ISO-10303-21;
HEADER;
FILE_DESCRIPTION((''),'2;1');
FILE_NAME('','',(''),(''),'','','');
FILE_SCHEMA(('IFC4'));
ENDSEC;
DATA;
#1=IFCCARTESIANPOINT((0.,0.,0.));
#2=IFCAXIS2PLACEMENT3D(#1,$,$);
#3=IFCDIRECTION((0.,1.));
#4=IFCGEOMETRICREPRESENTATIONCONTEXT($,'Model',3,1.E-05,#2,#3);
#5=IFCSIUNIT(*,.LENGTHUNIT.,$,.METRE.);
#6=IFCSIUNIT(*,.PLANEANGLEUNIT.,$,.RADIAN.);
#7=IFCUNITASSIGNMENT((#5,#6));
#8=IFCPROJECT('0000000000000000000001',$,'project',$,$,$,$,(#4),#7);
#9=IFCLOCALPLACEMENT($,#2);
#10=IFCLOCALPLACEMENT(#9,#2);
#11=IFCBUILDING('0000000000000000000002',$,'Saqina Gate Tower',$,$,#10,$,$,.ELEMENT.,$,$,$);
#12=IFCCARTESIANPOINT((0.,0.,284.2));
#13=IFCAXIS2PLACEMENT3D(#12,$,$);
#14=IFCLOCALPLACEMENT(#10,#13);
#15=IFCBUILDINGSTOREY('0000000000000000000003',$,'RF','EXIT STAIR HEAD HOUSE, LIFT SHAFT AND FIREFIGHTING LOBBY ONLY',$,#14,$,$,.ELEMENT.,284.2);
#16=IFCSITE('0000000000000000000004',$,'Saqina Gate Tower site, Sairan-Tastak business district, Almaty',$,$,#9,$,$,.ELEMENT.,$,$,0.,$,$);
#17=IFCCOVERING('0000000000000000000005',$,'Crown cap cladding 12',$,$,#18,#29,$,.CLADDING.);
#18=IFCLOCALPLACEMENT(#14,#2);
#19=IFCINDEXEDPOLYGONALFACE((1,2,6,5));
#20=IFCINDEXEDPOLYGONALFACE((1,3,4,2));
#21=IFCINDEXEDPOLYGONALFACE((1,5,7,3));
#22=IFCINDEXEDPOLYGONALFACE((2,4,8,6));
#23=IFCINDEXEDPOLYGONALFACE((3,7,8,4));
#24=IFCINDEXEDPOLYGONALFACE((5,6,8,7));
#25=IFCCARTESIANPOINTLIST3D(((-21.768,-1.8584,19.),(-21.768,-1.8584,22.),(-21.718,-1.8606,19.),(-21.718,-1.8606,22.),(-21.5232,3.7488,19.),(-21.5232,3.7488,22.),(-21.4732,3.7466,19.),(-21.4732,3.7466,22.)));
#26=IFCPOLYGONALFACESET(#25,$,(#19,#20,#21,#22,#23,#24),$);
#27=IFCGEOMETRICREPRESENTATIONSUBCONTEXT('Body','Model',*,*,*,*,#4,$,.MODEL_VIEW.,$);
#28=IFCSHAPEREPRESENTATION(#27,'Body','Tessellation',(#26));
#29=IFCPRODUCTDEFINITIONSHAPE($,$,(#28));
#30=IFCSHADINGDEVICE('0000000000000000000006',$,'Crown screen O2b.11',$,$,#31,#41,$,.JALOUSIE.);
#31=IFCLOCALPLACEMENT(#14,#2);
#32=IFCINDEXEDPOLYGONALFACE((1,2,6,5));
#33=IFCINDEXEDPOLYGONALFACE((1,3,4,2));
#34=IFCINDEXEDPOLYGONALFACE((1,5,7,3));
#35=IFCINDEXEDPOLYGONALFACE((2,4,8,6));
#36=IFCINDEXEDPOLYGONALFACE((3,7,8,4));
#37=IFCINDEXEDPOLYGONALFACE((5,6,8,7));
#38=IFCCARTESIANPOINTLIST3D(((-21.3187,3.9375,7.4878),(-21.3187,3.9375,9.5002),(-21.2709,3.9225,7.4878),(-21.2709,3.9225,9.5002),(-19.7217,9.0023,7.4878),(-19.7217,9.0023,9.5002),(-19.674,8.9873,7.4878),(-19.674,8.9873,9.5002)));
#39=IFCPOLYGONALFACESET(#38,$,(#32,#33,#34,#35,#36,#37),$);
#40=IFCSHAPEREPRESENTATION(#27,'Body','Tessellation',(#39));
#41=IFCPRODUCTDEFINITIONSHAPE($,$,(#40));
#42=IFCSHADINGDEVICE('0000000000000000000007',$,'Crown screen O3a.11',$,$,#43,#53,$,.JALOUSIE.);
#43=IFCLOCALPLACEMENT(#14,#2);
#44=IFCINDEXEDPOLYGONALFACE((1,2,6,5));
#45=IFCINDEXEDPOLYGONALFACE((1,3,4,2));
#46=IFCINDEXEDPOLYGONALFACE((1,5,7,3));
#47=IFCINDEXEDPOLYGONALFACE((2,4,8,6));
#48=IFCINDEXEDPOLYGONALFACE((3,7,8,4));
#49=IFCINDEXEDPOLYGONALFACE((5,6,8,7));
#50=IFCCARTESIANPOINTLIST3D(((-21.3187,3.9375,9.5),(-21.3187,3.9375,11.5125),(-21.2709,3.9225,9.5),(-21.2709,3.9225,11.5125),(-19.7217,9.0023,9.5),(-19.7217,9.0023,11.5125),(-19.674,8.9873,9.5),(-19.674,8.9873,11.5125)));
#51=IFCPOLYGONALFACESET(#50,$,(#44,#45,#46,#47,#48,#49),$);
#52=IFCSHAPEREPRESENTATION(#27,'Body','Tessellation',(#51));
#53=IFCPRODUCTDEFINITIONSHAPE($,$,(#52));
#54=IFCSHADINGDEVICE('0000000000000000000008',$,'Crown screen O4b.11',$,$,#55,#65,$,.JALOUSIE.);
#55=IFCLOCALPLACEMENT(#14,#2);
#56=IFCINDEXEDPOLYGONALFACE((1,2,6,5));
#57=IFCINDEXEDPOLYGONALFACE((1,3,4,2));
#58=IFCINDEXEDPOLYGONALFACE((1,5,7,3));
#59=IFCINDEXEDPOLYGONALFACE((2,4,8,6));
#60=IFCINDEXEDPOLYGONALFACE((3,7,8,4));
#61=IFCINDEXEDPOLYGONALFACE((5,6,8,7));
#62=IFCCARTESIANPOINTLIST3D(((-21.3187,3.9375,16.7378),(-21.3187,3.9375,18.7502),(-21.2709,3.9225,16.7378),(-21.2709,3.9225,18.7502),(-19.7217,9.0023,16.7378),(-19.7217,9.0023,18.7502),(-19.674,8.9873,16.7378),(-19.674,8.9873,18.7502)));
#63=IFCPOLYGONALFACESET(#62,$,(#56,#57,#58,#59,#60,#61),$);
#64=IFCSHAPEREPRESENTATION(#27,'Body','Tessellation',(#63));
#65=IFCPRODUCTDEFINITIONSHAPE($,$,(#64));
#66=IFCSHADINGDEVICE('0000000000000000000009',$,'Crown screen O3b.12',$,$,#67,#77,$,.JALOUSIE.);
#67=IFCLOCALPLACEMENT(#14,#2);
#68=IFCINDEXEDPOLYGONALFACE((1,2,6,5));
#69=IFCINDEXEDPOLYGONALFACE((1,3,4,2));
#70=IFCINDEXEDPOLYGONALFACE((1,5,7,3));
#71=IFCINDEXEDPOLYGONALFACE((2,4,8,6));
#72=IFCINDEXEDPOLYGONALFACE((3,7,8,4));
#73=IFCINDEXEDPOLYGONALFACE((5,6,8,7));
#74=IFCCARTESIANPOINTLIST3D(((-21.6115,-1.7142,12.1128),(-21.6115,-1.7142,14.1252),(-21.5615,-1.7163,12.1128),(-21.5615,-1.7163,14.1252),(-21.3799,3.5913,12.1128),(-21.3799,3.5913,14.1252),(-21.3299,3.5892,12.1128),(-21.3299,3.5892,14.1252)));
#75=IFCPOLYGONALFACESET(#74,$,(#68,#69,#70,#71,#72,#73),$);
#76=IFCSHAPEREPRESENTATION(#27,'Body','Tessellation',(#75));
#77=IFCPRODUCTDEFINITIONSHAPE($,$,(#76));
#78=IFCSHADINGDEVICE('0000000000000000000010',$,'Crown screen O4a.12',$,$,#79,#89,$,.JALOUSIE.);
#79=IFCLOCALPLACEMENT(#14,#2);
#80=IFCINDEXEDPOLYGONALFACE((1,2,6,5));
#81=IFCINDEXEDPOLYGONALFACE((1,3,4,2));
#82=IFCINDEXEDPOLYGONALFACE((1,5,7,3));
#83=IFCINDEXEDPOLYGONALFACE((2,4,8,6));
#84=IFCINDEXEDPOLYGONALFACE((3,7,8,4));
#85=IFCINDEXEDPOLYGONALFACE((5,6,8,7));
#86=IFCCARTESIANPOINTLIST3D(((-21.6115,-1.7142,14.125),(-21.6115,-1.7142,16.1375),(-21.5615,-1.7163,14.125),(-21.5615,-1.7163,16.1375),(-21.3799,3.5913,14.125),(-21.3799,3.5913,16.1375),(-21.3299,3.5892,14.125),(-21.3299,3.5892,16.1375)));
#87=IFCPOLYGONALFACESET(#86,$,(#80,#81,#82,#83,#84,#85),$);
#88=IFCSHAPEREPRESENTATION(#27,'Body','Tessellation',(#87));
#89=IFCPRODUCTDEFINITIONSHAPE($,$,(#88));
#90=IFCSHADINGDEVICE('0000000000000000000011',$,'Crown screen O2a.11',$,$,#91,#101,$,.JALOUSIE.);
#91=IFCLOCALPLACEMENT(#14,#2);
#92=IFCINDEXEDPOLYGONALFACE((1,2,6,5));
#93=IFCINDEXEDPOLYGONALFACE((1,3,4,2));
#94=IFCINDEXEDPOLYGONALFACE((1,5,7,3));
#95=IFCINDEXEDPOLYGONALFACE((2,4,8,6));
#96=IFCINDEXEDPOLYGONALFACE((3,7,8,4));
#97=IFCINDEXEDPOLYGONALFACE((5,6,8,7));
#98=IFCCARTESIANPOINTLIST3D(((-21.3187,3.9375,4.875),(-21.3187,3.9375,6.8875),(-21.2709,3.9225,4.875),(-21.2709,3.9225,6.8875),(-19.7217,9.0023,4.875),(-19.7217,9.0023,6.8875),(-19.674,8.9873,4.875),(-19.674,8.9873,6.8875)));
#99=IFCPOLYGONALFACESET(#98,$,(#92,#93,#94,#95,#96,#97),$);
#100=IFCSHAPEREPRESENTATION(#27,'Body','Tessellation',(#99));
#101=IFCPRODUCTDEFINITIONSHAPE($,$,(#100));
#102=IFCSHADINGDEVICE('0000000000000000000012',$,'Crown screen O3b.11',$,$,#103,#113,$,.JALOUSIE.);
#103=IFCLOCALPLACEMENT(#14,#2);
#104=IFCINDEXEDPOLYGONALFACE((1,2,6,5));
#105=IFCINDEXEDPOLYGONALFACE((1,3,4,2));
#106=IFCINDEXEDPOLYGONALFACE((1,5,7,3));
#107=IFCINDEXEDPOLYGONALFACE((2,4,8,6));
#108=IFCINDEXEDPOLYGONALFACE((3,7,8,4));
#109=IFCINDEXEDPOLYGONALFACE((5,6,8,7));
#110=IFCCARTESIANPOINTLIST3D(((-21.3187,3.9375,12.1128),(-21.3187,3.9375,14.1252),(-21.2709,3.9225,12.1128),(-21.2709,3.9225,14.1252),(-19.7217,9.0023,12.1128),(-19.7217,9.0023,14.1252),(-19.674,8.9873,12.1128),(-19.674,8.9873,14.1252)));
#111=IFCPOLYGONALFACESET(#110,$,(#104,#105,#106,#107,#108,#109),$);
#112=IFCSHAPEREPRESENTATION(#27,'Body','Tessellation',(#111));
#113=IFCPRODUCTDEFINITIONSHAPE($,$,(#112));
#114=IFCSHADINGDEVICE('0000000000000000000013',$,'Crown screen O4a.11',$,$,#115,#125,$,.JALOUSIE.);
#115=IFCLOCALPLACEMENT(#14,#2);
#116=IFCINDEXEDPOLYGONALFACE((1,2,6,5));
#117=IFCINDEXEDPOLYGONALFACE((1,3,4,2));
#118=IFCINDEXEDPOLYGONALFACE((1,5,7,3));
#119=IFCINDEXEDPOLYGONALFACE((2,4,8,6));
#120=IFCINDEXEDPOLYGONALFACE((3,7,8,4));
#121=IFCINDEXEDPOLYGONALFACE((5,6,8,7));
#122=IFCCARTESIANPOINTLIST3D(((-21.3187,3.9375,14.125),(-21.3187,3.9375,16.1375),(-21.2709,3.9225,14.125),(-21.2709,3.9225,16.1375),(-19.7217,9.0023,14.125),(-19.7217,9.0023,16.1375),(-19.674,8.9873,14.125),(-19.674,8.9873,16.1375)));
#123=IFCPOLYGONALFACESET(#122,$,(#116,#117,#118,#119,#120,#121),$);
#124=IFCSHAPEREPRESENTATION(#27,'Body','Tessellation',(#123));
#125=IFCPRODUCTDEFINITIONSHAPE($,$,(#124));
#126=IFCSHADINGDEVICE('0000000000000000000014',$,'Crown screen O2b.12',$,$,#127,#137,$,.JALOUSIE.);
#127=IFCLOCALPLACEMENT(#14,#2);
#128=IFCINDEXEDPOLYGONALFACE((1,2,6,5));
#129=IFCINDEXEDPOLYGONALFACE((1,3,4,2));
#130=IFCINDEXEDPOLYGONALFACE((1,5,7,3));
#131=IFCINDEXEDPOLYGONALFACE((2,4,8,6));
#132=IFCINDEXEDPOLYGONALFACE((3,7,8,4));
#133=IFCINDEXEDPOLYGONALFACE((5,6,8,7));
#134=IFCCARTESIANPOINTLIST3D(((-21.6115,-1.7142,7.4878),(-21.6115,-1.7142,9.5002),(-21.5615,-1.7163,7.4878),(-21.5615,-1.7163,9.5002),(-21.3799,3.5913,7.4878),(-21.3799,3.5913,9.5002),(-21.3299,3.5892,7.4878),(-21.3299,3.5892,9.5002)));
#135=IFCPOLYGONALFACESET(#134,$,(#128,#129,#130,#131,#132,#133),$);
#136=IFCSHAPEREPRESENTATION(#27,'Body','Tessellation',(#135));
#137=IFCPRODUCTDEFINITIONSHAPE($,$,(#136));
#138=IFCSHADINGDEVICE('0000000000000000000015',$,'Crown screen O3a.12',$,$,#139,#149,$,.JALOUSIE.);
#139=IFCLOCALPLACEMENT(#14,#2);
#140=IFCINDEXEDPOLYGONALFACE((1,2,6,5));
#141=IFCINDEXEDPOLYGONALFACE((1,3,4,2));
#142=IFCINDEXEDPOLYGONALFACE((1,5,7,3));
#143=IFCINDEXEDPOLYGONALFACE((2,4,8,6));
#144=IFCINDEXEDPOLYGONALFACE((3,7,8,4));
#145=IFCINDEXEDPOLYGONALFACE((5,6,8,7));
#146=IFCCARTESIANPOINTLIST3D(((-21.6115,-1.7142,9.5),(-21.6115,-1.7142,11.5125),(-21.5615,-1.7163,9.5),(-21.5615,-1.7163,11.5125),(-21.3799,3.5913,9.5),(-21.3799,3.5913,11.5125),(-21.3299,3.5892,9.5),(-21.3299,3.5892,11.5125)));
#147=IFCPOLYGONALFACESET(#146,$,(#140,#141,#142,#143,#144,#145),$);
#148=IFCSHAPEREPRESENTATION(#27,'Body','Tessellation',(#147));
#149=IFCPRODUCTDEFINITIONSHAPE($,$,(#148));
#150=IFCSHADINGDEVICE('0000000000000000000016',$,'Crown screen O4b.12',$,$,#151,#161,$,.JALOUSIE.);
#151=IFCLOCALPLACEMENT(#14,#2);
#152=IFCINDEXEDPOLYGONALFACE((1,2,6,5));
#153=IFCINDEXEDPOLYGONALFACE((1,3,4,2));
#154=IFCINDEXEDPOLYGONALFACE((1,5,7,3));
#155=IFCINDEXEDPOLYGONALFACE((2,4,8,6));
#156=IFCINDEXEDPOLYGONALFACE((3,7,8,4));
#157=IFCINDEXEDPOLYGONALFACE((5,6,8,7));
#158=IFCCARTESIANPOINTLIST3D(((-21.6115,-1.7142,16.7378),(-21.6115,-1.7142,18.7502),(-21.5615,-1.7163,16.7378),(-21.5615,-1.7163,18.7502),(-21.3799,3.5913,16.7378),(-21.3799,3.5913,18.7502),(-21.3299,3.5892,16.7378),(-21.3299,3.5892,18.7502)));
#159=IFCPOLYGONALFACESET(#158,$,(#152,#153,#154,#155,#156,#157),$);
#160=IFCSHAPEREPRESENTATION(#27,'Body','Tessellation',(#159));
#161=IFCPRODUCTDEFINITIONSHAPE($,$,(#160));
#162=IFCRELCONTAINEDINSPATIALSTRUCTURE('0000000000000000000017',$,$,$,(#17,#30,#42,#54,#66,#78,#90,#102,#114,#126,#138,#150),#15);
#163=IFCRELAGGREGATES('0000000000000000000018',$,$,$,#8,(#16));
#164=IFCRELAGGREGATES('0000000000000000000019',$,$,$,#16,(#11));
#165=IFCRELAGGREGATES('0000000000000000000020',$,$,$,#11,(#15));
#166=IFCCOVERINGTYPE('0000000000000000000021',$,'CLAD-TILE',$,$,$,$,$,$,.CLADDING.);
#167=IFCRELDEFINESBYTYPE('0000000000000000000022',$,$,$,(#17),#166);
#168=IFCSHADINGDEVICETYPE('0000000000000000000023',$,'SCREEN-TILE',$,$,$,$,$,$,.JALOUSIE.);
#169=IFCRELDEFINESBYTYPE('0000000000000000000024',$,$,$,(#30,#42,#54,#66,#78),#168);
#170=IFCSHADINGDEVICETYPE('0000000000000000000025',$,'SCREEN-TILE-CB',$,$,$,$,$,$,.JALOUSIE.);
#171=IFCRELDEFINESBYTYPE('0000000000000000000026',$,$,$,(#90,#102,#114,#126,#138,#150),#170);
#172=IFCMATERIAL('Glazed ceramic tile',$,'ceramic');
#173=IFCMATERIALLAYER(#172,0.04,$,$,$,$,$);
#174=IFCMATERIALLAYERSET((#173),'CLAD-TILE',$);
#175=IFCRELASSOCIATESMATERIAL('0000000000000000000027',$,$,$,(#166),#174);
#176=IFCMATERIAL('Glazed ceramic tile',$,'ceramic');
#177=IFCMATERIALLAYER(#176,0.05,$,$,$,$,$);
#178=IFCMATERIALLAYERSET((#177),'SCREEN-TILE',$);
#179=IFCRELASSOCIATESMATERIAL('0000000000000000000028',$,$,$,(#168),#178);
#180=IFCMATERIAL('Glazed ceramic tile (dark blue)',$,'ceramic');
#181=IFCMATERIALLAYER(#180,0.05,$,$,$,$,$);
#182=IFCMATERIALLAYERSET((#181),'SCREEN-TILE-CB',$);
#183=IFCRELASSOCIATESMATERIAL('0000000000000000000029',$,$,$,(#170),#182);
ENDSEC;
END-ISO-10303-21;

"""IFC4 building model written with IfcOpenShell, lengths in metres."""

from ifc_helpers import new_model, si_unit, direction, frame, origin, origin_2d, place, context, subcontext, project, spatial, rectangle, extrude, material, layer, layer_set, type_object, element, save


model = new_model("IFC4")

# Units and contexts
model_context = context("Model", 3, precision=1e-05, world=origin(), true_north=direction((0.0, 1.0)))
body_context = subcontext(model_context, "Body", "Model", "MODEL_VIEW")
ifc_project = project(units=[si_unit("LENGTHUNIT", "METRE"), si_unit("PLANEANGLEUNIT", "RADIAN")], contexts=[model_context])

# Site, building, storey
site_placement = place(None, origin())
site = spatial("IfcSite", under=ifc_project, at=site_placement, Name="Saqina Gate Tower site, Sairan-Tastak business district, Almaty", CompositionType="ELEMENT", RefElevation=0.0)
building_placement = place(site_placement, origin())
building = spatial("IfcBuilding", under=site, at=building_placement, Name="Saqina Gate Tower", CompositionType="ELEMENT")
storey_placement = place(building_placement, frame((0.0, 0.0, 284.2)))
storey = spatial("IfcBuildingStorey", under=building, at=storey_placement, Name="RF", Description="EXIT STAIR HEAD HOUSE, LIFT SHAFT AND FIREFIGHTING LOBBY ONLY", CompositionType="ELEMENT", Elevation=284.2)

# Covering
ifc_material_1 = material(Name="Glazed ceramic tile", Category="ceramic")
ifc_layer_1 = layer(ifc_material_1, 0.04)
ifc_layer_set_1 = layer_set([ifc_layer_1], Name="CLAD-TILE")
covering_type = type_object("IfcCoveringType", Name="CLAD-TILE", PredefinedType="CLADDING", material=ifc_layer_set_1)
for number, where, z_axis, x_axis, name in (
    (1, (-21.6206, 0.9441, 19.0), (0.0, 0.0, 1.0), (-0.043619, -0.999048, 0.0), "Crown cap cladding 12"),
):
    element("IfcCovering", number, at=place(storey_placement, frame(where, z_axis=z_axis, x_axis=x_axis)), inside=storey, type_object=covering_type, Name=name, PredefinedType="CLADDING", context=body_context, shape_type="SweptSolid", body=[
        extrude(rectangle(XDim=5.6125, YDim=0.05, at=origin_2d()), origin(), (0.0, 0.0, 1.0), 3.0),
    ])

# Shading devices
ifc_material_2 = material(Name="Glazed ceramic tile", Category="ceramic")
ifc_layer_2 = layer(ifc_material_2, 0.05)
ifc_layer_set_2 = layer_set([ifc_layer_2], Name="SCREEN-TILE")
shading_device_type_1 = type_object("IfcShadingDeviceType", Name="SCREEN-TILE", PredefinedType="JALOUSIE", material=ifc_layer_set_2)
for number, where, z_axis, x_axis, name in (
    (2, (-20.4963, 6.4624, 7.4878), (0.0, 0.0, 1.0), (-0.300706, -0.953717, 0.0), "Crown screen O2b.11"),
    (3, (-20.4963, 6.4624, 9.5), (0.0, 0.0, 1.0), (-0.300706, -0.953717, 0.0), "Crown screen O3a.11"),
    (4, (-20.4963, 6.4624, 16.7378), (0.0, 0.0, 1.0), (-0.300706, -0.953717, 0.0), "Crown screen O4b.11"),
    (5, (-21.4707, 0.9375, 12.1128), (0.0, 0.0, 1.0), (-0.043619, -0.999048, 0.0), "Crown screen O3b.12"),
    (6, (-21.4707, 0.9375, 14.125), (0.0, 0.0, 1.0), (-0.043619, -0.999048, 0.0), "Crown screen O4a.12"),
):
    element("IfcShadingDevice", number, at=place(storey_placement, frame(where, z_axis=z_axis, x_axis=x_axis)), inside=storey, type_object=shading_device_type_1, Name=name, PredefinedType="JALOUSIE", context=body_context, shape_type="SweptSolid", body=[
        extrude(rectangle(XDim=5.3105, YDim=0.05, at=origin_2d()), origin(), (0.0, 0.0, 1.0), 2.0125),
    ])
ifc_material_3 = material(Name="Glazed ceramic tile (dark blue)", Category="ceramic")
ifc_layer_3 = layer(ifc_material_3, 0.05)
ifc_layer_set_3 = layer_set([ifc_layer_3], Name="SCREEN-TILE-CB")
shading_device_type_2 = type_object("IfcShadingDeviceType", Name="SCREEN-TILE-CB", PredefinedType="JALOUSIE", material=ifc_layer_set_3)
for number, where, z_axis, x_axis, name in (
    (7, (-20.4963, 6.4624, 4.875), (0.0, 0.0, 1.0), (-0.300706, -0.953717, 0.0), "Crown screen O2a.11"),
    (8, (-20.4963, 6.4624, 12.1128), (0.0, 0.0, 1.0), (-0.300706, -0.953717, 0.0), "Crown screen O3b.11"),
    (9, (-20.4963, 6.4624, 14.125), (0.0, 0.0, 1.0), (-0.300706, -0.953717, 0.0), "Crown screen O4a.11"),
    (10, (-21.4707, 0.9375, 7.4878), (0.0, 0.0, 1.0), (-0.043619, -0.999048, 0.0), "Crown screen O2b.12"),
    (11, (-21.4707, 0.9375, 9.5), (0.0, 0.0, 1.0), (-0.043619, -0.999048, 0.0), "Crown screen O3a.12"),
    (12, (-21.4707, 0.9375, 16.7378), (0.0, 0.0, 1.0), (-0.043619, -0.999048, 0.0), "Crown screen O4b.12"),
):
    element("IfcShadingDevice", number, at=place(storey_placement, frame(where, z_axis=z_axis, x_axis=x_axis)), inside=storey, type_object=shading_device_type_2, Name=name, PredefinedType="JALOUSIE", context=body_context, shape_type="SweptSolid", body=[
        extrude(rectangle(XDim=5.3105, YDim=0.05, at=origin_2d()), origin(), (0.0, 0.0, 1.0), 2.0125),
    ])

save(model, "model.ifc")
